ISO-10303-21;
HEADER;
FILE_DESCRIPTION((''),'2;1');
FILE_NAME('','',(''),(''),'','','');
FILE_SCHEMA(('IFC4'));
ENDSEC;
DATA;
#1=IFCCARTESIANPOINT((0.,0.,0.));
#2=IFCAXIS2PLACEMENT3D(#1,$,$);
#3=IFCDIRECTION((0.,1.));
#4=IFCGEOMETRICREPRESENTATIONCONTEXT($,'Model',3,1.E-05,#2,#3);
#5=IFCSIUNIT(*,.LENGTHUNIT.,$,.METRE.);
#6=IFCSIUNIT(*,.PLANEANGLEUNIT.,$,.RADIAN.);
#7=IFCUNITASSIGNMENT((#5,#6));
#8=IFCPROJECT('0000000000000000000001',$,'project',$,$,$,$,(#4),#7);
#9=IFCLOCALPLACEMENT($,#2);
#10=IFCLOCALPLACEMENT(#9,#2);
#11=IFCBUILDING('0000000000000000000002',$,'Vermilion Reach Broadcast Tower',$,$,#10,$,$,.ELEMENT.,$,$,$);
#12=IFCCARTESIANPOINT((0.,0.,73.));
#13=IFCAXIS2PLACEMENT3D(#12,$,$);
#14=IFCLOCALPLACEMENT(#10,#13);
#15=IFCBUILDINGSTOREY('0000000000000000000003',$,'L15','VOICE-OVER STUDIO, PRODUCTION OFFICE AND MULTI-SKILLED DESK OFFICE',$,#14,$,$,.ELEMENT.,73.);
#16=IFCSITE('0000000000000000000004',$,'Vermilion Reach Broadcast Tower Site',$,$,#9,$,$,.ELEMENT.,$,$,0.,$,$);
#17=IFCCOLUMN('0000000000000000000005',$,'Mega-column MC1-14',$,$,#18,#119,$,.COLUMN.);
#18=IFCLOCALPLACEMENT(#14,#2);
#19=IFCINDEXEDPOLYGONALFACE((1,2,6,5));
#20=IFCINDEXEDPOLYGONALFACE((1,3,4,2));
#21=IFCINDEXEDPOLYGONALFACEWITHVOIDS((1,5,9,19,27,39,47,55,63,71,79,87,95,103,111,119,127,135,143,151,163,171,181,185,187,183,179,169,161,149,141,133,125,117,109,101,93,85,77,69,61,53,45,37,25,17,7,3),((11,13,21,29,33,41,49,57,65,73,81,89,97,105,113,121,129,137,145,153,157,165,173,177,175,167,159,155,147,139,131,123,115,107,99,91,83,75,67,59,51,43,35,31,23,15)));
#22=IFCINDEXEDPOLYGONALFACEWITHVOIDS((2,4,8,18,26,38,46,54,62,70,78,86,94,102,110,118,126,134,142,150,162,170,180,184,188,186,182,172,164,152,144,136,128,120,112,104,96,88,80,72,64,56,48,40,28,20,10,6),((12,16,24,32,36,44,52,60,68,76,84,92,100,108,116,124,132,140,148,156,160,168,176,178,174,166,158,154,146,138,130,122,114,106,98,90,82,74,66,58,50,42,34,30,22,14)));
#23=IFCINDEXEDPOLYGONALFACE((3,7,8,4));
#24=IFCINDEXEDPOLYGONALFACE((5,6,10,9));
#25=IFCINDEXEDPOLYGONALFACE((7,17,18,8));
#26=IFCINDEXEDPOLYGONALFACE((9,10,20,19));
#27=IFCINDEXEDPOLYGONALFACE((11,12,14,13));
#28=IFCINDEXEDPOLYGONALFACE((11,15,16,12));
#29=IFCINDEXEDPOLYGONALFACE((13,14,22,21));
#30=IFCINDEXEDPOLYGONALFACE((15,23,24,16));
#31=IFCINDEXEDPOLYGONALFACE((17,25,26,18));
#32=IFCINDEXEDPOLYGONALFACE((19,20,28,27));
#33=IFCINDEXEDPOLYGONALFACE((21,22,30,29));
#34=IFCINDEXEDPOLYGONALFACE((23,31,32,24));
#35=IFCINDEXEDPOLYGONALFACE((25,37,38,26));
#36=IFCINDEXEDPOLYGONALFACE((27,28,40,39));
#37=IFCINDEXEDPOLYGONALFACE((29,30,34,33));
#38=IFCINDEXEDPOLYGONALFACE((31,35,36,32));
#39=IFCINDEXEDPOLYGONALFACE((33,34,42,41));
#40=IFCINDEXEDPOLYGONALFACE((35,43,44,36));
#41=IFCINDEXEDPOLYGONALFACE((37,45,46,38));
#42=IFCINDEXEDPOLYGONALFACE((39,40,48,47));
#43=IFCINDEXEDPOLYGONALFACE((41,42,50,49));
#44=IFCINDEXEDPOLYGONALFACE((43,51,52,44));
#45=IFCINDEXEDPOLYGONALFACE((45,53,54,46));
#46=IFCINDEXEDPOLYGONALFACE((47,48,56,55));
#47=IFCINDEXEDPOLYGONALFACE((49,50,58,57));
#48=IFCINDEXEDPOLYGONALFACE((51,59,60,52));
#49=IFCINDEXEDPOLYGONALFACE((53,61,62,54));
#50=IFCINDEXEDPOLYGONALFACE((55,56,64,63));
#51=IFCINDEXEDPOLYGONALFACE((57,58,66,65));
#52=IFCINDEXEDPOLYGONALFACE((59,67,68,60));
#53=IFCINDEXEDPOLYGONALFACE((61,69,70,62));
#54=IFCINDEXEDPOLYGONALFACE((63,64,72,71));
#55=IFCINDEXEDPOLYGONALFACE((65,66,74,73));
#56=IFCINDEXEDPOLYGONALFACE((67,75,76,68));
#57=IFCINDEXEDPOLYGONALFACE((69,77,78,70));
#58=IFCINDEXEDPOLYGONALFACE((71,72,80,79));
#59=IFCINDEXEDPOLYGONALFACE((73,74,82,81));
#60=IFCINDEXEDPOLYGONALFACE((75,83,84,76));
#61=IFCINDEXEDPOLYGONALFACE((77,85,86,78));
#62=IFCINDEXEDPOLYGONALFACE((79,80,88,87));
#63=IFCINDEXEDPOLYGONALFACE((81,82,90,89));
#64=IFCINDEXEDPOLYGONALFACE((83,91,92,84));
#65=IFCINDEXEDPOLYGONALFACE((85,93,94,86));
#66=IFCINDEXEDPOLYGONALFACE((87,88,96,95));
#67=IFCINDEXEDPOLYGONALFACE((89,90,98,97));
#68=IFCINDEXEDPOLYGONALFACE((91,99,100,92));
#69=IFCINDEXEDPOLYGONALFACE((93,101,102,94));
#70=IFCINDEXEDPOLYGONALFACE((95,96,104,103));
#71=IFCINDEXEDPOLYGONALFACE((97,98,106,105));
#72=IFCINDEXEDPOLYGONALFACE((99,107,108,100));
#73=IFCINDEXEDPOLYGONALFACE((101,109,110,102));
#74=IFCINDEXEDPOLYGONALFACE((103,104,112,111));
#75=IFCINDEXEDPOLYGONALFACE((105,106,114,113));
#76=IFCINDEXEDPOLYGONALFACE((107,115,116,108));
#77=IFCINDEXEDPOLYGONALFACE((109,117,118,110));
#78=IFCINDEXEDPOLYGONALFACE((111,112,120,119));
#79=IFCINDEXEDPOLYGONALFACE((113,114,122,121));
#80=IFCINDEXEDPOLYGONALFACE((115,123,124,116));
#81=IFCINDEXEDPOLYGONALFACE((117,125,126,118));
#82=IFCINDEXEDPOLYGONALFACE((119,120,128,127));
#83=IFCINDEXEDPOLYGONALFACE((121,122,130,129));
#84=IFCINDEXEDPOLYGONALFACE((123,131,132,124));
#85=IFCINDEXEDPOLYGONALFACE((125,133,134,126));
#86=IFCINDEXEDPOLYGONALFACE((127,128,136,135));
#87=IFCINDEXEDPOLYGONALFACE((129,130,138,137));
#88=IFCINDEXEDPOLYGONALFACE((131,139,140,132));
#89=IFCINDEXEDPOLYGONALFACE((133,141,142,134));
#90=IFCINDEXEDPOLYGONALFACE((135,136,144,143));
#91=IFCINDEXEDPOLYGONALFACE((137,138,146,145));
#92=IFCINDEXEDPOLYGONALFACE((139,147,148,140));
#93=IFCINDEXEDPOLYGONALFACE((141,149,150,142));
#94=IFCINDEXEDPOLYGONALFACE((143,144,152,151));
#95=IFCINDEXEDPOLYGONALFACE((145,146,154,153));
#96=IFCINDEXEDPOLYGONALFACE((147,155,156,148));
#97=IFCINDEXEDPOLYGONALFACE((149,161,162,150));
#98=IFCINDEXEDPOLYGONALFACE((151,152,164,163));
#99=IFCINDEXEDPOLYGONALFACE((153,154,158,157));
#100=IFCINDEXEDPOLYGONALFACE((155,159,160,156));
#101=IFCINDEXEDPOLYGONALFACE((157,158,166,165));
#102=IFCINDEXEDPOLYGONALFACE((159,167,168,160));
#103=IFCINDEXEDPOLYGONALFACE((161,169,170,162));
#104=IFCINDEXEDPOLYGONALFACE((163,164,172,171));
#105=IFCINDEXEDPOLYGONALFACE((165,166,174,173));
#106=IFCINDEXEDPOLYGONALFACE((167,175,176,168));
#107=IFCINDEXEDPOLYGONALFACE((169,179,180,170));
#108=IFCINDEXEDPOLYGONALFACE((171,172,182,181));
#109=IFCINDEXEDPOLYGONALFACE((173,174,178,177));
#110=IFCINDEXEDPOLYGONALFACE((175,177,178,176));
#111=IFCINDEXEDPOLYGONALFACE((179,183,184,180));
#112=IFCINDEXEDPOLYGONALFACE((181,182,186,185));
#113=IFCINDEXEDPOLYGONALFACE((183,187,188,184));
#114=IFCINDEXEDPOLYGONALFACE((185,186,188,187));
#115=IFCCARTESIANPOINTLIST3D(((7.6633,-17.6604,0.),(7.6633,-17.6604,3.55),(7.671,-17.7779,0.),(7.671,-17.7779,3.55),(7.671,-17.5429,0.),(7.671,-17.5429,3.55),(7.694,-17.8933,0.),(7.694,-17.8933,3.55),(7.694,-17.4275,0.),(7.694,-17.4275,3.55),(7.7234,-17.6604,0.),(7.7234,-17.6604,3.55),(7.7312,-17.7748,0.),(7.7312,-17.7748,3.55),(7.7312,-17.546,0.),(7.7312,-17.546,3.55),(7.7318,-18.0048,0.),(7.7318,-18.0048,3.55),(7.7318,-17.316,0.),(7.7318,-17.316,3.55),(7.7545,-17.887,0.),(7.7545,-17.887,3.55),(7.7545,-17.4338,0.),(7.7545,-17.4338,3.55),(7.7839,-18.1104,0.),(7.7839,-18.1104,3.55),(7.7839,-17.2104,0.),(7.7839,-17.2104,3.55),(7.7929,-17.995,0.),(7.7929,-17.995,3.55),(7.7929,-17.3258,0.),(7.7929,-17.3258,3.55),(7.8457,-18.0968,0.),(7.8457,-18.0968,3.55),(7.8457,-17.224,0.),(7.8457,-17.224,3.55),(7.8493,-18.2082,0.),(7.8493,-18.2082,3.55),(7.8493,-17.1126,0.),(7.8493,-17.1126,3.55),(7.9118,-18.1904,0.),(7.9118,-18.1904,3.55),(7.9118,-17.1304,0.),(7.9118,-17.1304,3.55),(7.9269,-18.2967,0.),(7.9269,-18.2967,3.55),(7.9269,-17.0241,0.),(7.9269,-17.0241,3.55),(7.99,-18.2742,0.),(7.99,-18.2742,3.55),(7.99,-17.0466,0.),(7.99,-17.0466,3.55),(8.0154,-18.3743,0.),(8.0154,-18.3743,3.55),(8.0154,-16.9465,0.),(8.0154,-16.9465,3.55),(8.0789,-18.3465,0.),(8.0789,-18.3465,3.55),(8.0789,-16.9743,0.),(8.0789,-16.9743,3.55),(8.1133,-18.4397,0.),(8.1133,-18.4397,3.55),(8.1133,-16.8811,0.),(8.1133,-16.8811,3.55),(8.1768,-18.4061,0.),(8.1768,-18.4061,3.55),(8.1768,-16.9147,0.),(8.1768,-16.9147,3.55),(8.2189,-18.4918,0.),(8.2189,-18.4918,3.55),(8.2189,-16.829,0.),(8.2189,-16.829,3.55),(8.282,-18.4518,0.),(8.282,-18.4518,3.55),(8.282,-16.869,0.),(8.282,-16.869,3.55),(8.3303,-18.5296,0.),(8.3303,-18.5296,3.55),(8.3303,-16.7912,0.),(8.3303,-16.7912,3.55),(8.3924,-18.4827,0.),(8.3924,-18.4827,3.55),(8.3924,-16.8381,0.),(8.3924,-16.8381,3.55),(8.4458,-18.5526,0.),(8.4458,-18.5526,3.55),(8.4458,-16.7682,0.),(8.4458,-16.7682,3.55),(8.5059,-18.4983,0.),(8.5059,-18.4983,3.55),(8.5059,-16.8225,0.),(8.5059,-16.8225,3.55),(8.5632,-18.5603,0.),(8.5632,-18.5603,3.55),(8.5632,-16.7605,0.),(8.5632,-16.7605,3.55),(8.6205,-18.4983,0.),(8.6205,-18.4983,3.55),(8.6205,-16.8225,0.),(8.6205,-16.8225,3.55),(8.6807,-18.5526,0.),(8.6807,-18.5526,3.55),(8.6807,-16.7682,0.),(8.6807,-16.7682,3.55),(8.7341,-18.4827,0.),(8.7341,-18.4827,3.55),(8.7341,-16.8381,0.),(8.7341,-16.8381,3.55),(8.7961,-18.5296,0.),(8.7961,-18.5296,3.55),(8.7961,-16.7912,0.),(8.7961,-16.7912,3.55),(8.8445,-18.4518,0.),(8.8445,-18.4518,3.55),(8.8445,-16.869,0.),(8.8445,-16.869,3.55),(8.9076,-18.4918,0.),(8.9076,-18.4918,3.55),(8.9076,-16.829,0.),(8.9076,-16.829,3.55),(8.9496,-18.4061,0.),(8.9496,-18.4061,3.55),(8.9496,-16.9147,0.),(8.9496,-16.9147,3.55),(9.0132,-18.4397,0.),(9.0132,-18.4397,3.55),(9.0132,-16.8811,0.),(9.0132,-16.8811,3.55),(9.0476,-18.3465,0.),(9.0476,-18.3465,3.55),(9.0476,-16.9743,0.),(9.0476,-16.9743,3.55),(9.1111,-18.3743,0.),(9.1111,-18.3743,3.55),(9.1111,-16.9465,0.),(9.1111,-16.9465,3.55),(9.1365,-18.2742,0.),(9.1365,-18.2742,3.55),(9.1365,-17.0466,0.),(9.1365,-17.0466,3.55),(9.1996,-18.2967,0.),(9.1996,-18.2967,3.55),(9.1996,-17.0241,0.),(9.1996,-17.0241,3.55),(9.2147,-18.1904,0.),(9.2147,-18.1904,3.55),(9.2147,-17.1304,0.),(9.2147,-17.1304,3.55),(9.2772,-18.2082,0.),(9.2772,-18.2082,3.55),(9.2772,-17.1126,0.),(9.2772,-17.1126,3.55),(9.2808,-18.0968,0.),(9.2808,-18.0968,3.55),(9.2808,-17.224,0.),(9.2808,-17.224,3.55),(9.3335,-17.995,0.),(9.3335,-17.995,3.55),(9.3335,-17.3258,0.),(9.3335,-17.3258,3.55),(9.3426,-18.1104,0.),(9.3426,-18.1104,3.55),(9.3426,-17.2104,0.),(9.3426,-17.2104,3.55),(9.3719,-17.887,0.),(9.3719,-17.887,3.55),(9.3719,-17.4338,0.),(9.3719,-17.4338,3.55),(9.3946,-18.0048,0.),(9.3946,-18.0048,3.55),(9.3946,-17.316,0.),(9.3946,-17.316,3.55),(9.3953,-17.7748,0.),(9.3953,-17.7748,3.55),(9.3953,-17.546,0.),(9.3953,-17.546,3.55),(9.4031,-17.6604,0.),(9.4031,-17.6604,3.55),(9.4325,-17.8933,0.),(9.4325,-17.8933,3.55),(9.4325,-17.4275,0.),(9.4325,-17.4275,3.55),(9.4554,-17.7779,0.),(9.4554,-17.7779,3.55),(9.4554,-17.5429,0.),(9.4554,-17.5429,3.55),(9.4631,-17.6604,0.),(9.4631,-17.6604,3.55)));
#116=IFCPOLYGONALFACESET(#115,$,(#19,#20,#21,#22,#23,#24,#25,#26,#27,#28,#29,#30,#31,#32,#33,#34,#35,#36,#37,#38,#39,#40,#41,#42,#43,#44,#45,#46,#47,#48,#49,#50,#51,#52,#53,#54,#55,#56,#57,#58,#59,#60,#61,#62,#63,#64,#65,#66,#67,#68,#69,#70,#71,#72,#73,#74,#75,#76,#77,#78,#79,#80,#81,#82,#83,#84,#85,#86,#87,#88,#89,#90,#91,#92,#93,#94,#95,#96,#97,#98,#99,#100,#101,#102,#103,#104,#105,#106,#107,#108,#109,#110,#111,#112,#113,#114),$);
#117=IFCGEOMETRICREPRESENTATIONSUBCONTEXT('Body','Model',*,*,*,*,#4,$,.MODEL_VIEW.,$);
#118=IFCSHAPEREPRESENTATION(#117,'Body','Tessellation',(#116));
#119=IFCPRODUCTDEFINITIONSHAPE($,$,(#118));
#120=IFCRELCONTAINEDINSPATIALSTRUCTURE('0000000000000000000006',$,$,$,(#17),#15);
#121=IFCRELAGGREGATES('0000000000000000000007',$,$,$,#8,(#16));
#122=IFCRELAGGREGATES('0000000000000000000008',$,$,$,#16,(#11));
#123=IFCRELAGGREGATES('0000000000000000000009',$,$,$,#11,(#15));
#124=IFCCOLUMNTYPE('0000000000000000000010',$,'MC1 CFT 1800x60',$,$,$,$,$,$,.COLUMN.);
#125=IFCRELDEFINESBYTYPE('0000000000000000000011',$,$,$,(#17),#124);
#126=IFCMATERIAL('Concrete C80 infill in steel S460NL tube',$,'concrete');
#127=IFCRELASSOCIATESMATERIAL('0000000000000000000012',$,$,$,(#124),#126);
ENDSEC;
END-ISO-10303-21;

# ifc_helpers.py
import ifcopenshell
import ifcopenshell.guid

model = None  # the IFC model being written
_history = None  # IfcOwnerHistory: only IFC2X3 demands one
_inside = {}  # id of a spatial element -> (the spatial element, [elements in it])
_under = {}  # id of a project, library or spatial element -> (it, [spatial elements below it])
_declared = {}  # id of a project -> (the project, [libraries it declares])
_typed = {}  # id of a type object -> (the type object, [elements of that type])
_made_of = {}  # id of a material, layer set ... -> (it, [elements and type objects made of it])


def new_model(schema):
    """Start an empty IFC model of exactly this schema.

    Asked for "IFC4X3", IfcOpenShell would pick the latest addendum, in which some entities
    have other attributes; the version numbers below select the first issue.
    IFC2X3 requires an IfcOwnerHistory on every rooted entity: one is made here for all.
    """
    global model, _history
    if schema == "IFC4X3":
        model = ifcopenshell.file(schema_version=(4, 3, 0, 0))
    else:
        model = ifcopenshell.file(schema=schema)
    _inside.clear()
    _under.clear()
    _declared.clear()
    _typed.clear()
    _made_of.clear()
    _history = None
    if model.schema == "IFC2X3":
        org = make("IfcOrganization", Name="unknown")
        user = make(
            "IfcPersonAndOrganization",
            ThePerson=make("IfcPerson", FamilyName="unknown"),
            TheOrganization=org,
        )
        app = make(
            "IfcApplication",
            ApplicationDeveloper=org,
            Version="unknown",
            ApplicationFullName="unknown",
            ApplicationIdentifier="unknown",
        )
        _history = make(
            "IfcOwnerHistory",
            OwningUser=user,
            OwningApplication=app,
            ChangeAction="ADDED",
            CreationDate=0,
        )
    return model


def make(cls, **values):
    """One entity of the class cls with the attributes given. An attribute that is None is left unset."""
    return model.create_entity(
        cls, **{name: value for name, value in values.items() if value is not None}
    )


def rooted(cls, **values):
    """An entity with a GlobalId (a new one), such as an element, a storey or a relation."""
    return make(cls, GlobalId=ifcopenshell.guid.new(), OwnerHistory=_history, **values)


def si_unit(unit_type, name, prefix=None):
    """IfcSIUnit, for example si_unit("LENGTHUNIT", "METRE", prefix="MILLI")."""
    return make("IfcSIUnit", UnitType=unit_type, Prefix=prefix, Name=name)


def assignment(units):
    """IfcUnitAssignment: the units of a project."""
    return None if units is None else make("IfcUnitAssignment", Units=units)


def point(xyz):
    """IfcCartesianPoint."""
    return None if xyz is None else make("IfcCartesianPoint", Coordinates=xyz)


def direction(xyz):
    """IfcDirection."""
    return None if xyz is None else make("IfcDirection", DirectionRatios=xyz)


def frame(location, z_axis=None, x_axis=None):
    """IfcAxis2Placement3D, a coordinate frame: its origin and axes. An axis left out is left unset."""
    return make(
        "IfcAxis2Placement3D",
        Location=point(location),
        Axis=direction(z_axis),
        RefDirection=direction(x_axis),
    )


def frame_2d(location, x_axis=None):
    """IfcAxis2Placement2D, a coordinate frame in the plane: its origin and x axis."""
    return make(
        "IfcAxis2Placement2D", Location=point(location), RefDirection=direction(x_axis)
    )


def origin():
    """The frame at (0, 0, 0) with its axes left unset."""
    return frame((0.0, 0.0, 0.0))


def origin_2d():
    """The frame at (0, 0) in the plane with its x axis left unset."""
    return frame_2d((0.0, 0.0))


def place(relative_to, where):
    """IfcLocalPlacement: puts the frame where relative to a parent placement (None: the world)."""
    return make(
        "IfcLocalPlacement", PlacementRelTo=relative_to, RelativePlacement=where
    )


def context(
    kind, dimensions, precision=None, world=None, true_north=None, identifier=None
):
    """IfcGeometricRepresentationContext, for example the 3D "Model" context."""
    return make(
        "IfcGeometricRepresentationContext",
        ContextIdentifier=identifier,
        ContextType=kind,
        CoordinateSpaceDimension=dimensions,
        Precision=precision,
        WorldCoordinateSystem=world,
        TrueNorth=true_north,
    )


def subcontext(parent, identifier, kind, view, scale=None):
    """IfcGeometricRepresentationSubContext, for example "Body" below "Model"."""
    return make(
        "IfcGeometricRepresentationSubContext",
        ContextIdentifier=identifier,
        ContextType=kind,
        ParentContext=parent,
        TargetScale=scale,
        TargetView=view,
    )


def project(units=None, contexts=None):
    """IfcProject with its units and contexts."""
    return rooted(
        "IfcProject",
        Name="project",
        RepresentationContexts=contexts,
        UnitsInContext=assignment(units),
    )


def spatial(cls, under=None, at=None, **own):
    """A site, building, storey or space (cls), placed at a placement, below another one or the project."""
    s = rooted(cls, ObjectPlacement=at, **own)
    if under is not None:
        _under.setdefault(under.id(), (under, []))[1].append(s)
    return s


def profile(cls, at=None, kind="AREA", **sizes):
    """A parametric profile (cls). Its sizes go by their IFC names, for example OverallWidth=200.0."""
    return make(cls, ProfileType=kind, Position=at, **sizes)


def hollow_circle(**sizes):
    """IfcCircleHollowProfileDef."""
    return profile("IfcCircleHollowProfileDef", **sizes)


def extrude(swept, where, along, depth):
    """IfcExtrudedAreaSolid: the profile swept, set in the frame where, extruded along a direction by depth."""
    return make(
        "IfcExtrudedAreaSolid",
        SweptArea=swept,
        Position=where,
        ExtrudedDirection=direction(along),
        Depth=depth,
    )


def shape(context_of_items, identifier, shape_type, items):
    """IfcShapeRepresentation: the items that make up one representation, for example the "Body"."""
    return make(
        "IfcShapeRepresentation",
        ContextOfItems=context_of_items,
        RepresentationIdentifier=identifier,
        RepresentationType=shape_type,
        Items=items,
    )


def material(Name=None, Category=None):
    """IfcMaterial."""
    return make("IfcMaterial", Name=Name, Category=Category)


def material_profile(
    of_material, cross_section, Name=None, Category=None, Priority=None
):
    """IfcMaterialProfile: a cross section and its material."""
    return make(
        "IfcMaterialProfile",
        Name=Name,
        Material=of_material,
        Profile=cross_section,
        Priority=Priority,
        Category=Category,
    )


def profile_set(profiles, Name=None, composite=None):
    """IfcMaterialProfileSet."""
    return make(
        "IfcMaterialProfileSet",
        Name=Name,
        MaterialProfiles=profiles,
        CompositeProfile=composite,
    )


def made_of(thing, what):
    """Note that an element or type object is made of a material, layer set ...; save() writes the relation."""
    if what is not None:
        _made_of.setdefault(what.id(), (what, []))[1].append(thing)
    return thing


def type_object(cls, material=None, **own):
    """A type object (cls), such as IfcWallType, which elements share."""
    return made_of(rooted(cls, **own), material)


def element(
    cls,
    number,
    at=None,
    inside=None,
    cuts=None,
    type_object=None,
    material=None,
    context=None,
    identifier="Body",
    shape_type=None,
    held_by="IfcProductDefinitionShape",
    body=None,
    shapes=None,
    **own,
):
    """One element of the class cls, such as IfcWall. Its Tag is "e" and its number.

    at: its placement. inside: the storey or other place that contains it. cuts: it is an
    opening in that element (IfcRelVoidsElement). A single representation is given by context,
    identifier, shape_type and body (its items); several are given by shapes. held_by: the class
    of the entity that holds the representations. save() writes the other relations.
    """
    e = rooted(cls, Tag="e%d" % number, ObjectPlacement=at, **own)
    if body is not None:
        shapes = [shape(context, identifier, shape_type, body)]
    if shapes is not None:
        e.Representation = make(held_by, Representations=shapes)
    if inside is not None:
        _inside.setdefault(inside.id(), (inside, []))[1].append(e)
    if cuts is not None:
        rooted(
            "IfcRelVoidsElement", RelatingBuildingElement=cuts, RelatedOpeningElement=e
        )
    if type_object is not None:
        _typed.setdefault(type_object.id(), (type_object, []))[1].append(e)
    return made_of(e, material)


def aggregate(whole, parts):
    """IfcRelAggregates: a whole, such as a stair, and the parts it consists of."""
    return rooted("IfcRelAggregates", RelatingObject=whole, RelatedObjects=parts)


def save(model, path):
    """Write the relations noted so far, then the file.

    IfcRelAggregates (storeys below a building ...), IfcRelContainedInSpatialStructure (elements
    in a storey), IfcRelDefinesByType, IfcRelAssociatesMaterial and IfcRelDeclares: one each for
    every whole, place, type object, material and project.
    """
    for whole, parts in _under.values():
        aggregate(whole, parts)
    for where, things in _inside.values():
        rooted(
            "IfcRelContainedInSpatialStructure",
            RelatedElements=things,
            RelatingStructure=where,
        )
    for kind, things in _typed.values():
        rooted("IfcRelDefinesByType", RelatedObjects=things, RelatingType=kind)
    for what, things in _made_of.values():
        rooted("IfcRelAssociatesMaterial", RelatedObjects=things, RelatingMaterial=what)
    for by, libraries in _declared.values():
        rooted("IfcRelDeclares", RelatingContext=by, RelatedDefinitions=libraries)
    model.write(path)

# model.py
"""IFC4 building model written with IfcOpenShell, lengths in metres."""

from ifc_helpers import new_model, si_unit, direction, frame, origin, origin_2d, place, context, subcontext, project, spatial, hollow_circle, extrude, material, material_profile, profile_set, type_object, element, save


model = new_model("IFC4")

# Units and contexts
model_context = context("Model", 3, precision=1e-05, world=origin(), true_north=direction((0.0, 1.0)))
body_context = subcontext(model_context, "Body", "Model", "MODEL_VIEW")
ifc_project = project(units=[si_unit("LENGTHUNIT", "METRE"), si_unit("PLANEANGLEUNIT", "RADIAN")], contexts=[model_context])

# Site, building, storey
site_placement = place(None, origin())
site = spatial("IfcSite", under=ifc_project, at=site_placement, Name="Vermilion Reach Broadcast Tower Site", CompositionType="ELEMENT", RefElevation=0.0)
building_placement = place(site_placement, origin())
building = spatial("IfcBuilding", under=site, at=building_placement, Name="Vermilion Reach Broadcast Tower", CompositionType="ELEMENT")
storey_placement = place(building_placement, frame((0.0, 0.0, 73.0)))
storey = spatial("IfcBuildingStorey", under=building, at=storey_placement, Name="L15", Description="VOICE-OVER STUDIO, PRODUCTION OFFICE AND MULTI-SKILLED DESK OFFICE", CompositionType="ELEMENT", Elevation=73.0)

# Column
ifc_material_1 = material(Name="Concrete C80 infill in steel S460NL tube", Category="concrete")
ifc_material_profile_1 = material_profile(ifc_material_1, hollow_circle(Radius=0.8999, WallThickness=0.0601, at=origin_2d()), Name="Concrete C80 infill in steel S460NL tube CFT 1800x60")
ifc_profile_set_1 = profile_set([ifc_material_profile_1], Name="Concrete C80 infill in steel S460NL tube")
column_type = type_object("IfcColumnType", Name="MC1 CFT 1800x60", PredefinedType="COLUMN", material=ifc_profile_set_1)
for number, where, z_axis, x_axis, name in (
    (1, (8.5632, -17.6604, 0.0), (0.0, 0.0, 1.0), (1.0, 0.0, 0.0), "Mega-column MC1-14"),
):
    element("IfcColumn", number, at=place(storey_placement, frame(where, z_axis=z_axis, x_axis=x_axis)), inside=storey, type_object=column_type, Name=name, PredefinedType="COLUMN", context=body_context, shape_type="SweptSolid", body=[
        extrude(hollow_circle(Radius=0.8999, WallThickness=0.0601, at=origin_2d()), origin(), (0.0, 0.0, 1.0), 3.55),
    ])

save(model, "model.ifc")
